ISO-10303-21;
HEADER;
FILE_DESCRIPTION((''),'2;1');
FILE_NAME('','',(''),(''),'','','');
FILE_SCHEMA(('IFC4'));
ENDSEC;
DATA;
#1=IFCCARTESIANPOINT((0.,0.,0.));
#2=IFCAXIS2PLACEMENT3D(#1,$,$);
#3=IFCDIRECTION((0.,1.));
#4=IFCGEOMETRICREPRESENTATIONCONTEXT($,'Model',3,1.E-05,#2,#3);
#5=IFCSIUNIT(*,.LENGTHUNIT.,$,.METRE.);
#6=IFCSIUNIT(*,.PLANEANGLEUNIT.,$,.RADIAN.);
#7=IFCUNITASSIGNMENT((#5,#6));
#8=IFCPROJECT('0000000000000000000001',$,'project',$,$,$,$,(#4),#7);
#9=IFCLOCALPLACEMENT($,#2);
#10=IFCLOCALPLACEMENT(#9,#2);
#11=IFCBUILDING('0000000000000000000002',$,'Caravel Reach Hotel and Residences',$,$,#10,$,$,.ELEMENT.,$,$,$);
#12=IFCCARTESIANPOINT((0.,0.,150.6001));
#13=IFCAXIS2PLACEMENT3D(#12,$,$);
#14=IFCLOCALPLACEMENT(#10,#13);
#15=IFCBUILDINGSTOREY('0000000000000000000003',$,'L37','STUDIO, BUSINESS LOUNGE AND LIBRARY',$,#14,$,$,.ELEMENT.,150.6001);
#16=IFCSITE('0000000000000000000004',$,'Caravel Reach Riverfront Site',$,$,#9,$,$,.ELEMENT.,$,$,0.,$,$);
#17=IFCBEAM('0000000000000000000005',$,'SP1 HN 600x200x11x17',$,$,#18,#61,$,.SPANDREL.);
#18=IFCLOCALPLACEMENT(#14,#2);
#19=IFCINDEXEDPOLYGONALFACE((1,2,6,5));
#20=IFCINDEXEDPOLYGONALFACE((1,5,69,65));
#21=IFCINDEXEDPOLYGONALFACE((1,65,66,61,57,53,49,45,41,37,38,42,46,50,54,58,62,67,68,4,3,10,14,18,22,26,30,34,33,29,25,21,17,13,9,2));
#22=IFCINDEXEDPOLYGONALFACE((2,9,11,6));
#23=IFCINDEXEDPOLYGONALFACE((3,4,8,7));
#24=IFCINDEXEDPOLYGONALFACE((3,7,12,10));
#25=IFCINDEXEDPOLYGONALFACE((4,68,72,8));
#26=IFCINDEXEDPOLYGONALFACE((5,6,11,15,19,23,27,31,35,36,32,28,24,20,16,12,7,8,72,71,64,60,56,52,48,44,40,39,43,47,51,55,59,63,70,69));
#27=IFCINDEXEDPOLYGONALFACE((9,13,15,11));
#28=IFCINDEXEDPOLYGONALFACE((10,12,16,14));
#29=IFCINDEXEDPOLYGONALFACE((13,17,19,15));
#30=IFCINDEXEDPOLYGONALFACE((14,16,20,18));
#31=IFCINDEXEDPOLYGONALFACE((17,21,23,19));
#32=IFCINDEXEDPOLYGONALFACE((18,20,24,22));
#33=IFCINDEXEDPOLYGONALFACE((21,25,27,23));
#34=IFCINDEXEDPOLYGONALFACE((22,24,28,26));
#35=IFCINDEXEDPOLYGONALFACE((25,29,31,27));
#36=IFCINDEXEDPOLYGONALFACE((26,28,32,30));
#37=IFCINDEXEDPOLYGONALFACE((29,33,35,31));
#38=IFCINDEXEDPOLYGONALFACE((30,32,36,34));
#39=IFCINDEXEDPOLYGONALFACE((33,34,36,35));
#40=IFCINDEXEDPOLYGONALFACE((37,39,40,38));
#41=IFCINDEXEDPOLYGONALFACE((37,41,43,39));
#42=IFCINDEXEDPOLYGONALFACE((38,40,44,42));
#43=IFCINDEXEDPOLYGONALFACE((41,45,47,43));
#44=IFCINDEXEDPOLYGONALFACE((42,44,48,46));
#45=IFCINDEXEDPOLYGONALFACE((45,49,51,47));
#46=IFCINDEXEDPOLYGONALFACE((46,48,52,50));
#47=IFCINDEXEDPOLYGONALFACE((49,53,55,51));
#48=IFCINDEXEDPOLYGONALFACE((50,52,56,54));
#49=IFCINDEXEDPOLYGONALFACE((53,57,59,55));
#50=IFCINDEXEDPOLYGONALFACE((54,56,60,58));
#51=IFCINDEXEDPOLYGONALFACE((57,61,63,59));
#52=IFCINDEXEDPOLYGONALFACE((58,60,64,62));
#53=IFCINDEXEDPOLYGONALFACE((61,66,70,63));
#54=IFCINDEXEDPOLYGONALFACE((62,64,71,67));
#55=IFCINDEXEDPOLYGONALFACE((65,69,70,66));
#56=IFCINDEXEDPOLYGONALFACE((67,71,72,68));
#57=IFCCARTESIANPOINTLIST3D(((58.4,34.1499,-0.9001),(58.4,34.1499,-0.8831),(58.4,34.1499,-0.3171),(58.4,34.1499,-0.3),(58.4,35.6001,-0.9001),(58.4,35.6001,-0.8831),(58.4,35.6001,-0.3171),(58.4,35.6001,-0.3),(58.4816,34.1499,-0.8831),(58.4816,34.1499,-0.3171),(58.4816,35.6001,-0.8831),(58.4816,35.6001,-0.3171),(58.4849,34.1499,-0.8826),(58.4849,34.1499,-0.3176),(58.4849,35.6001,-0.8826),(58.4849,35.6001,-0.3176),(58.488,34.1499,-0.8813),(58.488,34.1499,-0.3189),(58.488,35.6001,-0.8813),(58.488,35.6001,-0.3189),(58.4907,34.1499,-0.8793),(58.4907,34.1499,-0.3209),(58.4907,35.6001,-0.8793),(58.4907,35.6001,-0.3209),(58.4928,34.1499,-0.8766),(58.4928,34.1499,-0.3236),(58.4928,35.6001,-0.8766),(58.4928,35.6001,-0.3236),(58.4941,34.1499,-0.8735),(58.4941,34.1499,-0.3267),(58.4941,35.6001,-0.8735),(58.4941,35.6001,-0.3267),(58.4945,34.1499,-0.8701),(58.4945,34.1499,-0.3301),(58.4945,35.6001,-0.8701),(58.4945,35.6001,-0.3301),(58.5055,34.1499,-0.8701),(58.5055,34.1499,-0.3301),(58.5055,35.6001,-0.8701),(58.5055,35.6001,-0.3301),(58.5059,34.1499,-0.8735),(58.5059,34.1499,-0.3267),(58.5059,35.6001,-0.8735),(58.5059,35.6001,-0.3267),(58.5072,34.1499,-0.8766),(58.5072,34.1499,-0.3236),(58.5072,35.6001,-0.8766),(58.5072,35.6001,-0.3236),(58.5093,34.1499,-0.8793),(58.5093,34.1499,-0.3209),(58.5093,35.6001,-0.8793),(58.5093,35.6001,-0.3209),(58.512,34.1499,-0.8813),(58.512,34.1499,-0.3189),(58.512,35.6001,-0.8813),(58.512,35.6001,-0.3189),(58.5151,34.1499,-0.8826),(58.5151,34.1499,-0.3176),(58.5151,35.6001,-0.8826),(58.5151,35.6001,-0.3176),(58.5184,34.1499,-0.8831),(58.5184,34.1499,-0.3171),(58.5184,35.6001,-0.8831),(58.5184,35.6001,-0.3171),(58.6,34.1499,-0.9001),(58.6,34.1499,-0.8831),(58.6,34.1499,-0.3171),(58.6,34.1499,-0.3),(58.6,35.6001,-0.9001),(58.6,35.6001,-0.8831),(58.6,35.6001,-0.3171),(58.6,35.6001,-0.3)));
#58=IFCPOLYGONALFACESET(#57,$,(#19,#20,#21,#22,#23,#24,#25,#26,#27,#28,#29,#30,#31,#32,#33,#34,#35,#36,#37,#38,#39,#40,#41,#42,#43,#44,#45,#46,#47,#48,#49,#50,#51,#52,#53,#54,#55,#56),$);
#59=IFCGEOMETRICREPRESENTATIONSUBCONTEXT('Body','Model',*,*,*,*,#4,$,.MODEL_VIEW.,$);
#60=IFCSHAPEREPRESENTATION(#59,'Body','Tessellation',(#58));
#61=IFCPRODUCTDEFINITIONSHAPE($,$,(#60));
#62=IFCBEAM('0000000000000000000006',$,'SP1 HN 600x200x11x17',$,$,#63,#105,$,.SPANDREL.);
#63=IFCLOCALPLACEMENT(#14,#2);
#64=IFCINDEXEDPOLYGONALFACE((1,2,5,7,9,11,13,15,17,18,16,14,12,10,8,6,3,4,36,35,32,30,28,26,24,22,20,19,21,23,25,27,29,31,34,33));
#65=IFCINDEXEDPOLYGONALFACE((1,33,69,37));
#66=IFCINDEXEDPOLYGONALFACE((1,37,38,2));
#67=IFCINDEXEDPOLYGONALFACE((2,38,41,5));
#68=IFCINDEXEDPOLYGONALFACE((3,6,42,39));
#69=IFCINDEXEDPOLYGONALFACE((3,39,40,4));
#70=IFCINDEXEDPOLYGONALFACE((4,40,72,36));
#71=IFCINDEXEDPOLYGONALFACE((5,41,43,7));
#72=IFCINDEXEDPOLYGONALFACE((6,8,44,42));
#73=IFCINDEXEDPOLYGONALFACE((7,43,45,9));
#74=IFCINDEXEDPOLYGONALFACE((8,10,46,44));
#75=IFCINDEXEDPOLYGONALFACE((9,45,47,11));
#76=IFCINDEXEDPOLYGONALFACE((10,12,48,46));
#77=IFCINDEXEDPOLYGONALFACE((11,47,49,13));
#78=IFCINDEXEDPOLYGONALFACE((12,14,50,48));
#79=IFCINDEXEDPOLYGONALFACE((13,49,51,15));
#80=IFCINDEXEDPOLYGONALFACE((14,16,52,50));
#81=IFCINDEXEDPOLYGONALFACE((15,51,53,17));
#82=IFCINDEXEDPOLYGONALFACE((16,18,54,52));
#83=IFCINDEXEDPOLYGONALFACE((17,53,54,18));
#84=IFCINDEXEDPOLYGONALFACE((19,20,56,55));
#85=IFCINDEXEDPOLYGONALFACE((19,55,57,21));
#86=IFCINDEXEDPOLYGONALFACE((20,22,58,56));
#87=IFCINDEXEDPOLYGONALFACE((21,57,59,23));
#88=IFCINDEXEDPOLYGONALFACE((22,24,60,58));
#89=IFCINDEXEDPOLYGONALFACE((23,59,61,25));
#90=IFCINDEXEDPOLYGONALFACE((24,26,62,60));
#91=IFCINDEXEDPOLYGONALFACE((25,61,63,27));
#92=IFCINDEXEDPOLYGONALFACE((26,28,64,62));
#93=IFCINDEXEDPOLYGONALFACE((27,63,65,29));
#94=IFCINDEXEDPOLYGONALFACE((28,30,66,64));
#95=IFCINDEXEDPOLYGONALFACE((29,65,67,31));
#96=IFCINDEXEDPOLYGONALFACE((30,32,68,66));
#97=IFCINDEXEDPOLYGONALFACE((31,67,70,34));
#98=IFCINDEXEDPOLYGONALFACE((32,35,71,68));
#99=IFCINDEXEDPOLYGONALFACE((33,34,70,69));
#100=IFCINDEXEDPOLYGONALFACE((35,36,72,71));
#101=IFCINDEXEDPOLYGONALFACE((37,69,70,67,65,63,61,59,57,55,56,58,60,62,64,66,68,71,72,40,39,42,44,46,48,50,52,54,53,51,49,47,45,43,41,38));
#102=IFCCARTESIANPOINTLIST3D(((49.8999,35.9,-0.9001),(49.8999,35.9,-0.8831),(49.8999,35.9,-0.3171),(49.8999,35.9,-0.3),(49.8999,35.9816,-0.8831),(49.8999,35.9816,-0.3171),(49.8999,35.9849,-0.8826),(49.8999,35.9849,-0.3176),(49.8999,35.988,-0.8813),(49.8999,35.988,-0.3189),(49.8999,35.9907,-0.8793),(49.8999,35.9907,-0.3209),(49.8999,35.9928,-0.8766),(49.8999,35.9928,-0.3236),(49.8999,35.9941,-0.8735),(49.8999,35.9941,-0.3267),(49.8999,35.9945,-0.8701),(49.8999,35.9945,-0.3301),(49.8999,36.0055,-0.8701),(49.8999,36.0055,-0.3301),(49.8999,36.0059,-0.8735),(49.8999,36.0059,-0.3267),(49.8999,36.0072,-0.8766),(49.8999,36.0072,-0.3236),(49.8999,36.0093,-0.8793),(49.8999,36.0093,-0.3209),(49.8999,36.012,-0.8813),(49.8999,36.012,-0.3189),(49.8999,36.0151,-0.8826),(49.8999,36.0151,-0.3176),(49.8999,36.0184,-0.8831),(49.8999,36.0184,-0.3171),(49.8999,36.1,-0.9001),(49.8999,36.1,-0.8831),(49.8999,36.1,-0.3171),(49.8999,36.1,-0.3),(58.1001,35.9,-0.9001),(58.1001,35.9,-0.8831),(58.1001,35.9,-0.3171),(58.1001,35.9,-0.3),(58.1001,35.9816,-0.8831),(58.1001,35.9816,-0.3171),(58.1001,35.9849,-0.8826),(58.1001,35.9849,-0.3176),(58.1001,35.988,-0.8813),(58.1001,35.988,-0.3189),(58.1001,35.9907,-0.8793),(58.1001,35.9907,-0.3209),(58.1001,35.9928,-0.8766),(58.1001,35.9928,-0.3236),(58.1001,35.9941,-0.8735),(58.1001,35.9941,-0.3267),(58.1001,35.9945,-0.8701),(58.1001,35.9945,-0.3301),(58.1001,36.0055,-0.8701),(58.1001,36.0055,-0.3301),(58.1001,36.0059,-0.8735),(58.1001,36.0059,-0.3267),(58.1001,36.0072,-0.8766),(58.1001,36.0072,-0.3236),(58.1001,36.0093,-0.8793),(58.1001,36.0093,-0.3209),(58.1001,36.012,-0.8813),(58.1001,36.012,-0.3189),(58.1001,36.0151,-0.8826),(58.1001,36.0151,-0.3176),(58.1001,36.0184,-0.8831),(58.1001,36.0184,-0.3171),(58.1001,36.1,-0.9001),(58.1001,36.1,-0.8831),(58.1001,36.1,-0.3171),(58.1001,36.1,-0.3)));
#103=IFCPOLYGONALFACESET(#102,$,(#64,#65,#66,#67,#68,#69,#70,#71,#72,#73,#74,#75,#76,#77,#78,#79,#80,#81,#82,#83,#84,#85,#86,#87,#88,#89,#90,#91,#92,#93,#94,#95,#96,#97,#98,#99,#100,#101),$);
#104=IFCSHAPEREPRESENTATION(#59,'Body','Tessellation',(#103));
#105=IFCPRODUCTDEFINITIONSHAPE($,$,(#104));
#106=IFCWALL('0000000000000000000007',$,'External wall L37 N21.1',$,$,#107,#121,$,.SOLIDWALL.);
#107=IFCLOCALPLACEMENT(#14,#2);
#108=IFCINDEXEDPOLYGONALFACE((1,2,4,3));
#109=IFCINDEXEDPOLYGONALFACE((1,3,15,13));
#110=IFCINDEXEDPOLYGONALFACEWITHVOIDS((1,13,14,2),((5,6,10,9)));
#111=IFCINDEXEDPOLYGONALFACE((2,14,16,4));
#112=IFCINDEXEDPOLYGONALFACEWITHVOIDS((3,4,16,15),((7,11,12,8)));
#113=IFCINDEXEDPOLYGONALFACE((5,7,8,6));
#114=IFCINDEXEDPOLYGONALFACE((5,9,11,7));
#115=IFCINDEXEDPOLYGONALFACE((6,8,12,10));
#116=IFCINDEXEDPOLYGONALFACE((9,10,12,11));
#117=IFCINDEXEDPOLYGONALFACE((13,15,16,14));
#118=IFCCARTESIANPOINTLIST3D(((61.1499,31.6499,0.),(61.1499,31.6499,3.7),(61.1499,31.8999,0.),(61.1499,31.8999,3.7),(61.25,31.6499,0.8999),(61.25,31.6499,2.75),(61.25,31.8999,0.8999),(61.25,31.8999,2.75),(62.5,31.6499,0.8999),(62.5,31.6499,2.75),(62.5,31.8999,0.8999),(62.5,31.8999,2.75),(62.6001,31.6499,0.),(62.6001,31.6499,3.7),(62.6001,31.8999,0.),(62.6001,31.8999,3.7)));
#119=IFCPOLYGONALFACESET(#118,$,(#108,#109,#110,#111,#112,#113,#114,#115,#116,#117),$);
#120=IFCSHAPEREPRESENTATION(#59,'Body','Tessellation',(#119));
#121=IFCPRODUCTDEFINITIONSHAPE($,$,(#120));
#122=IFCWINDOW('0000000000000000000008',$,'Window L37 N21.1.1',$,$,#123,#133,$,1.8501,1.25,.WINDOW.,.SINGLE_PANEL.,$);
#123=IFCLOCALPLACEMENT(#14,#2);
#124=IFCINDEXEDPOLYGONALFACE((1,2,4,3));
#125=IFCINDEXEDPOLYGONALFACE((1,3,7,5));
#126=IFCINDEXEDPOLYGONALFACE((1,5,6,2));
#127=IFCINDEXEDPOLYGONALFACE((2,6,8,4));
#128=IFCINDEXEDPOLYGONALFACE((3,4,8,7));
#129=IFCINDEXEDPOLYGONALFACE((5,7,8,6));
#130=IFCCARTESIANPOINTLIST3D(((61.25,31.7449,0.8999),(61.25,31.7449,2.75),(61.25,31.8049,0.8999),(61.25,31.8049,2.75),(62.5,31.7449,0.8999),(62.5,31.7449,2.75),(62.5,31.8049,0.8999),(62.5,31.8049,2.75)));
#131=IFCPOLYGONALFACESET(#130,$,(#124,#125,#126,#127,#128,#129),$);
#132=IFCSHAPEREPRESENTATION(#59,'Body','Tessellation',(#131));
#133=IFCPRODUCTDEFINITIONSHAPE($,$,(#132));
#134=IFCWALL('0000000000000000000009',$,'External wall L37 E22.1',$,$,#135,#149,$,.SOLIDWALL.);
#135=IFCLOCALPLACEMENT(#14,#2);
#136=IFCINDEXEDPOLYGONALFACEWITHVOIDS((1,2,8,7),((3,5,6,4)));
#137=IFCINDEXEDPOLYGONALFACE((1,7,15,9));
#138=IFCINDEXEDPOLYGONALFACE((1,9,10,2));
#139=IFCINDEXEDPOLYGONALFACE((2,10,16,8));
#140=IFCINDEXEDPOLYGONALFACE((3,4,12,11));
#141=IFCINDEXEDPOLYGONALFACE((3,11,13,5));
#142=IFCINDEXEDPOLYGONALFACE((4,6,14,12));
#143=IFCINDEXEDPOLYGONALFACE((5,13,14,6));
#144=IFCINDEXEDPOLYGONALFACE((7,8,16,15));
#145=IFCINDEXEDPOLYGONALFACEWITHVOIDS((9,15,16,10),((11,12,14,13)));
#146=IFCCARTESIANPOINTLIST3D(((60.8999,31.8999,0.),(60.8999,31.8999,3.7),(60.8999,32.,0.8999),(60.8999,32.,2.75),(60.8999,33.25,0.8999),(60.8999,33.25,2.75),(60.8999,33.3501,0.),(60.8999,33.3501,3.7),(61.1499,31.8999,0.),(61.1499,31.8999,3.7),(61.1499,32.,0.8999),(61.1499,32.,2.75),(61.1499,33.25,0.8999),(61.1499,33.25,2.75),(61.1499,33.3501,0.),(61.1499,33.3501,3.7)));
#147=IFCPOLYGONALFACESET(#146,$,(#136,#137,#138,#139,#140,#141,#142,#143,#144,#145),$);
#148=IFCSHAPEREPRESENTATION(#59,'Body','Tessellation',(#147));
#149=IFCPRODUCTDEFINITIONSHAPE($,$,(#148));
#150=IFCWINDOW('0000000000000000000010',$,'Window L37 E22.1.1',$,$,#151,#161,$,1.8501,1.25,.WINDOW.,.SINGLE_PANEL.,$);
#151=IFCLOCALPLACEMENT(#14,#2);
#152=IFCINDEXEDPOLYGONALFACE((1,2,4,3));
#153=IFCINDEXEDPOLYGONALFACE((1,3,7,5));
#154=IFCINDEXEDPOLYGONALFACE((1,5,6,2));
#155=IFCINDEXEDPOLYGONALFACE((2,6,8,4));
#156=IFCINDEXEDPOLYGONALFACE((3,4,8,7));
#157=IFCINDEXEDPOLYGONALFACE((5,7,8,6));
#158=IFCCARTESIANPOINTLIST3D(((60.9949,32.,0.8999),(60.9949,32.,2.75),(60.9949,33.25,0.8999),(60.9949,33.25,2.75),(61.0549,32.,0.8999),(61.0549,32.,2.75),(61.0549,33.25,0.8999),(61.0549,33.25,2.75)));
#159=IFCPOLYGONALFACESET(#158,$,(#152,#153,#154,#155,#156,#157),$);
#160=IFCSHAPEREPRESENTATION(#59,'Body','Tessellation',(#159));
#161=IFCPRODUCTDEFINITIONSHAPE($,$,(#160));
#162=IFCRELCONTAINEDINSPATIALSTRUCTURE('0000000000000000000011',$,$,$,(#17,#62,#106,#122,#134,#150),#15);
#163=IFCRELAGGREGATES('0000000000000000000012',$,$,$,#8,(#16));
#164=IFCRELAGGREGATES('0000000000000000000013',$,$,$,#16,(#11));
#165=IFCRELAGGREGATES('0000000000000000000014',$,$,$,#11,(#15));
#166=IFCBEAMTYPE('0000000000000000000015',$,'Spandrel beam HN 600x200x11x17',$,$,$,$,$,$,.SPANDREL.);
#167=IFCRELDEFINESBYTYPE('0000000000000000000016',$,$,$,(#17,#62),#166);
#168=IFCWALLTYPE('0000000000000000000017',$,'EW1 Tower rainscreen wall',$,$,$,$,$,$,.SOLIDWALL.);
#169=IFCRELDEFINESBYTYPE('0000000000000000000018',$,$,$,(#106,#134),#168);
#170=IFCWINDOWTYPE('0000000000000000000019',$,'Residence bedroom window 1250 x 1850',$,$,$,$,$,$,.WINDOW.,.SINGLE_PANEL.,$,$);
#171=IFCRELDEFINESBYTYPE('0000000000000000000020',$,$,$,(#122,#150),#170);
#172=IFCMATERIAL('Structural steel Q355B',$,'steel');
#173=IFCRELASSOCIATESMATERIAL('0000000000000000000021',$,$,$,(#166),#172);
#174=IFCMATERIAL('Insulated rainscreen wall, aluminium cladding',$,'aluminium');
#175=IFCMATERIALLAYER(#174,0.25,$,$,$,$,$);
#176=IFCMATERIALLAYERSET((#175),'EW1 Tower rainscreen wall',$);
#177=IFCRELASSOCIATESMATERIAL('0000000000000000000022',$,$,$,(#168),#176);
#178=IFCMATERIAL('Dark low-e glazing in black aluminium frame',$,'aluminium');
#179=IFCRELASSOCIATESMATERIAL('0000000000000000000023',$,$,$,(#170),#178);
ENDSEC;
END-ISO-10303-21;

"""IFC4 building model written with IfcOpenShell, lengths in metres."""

from ifc_helpers import new_model, si_unit, direction, frame, frame_2d, origin, origin_2d, place, context, subcontext, project, spatial, rectangle, i_section, extrude, material, layer, layer_set, material_profile, profile_set, type_object, element, fill, save


model = new_model("IFC4")

# Units and contexts
model_context = context("Model", 3, precision=1e-05, world=origin(), true_north=direction((0.0, 1.0)))
body_context = subcontext(model_context, "Body", "Model", "MODEL_VIEW")
ifc_project = project(units=[si_unit("LENGTHUNIT", "METRE"), si_unit("PLANEANGLEUNIT", "RADIAN")], contexts=[model_context])

# Site, building, storey
site_placement = place(None, origin())
site = spatial("IfcSite", under=ifc_project, at=site_placement, Name="Caravel Reach Riverfront Site", CompositionType="ELEMENT", RefElevation=0.0)
building_placement = place(site_placement, origin())
building = spatial("IfcBuilding", under=site, at=building_placement, Name="Caravel Reach Hotel and Residences", CompositionType="ELEMENT")
storey_placement = place(building_placement, frame((0.0, 0.0, 150.6001)))
storey = spatial("IfcBuildingStorey", under=building, at=storey_placement, Name="L37", Description="STUDIO, BUSINESS LOUNGE AND LIBRARY", CompositionType="ELEMENT", Elevation=150.6001)

# Beams
ifc_material_1 = material(Name="Structural steel Q355B", Category="steel")
ifc_material_profile_1 = material_profile(ifc_material_1, i_section(OverallWidth=0.2, OverallDepth=0.6001, WebThickness=0.011, FlangeThickness=0.0171, FilletRadius=0.0129, at=origin_2d()), Name="HN 600x200x11x17")
ifc_profile_set_1 = profile_set([ifc_material_profile_1], Name="Structural steel Q355B")
beam_type = type_object("IfcBeamType", Name="Spandrel beam HN 600x200x11x17", PredefinedType="SPANDREL", material=ifc_profile_set_1)
for number, where, z_axis, x_axis, name in (
    (1, (58.5, 34.1499, -0.6001), (0.0, 1.0, 0.0), (-1.0, 0.0, 0.0), "SP1 HN 600x200x11x17"),
):
    element("IfcBeam", number, at=place(storey_placement, frame(where, z_axis=z_axis, x_axis=x_axis)), inside=storey, type_object=beam_type, Name=name, PredefinedType="SPANDREL", context=body_context, shape_type="SweptSolid", body=[
        extrude(i_section(OverallWidth=0.2, OverallDepth=0.6001, WebThickness=0.011, FlangeThickness=0.0171, FilletRadius=0.0129, at=origin_2d()), origin(), (0.0, 0.0, 1.0), 1.4502),
    ])
beam_placement = place(storey_placement, frame((58.1001, 36.0, -0.6001), z_axis=(-1.0, 0.0, 0.0), x_axis=(0.0, -1.0, 0.0)))
element("IfcBeam", 2, at=beam_placement, inside=storey, type_object=beam_type, Name="SP1 HN 600x200x11x17", PredefinedType="SPANDREL", context=body_context, shape_type="SweptSolid", body=[
    extrude(i_section(OverallWidth=0.2, OverallDepth=0.6001, WebThickness=0.011, FlangeThickness=0.0171, FilletRadius=0.0129, at=origin_2d()), origin(), (0.0, 0.0, 1.0), 8.2002),
])

# Walls, openings, windows
ifc_material_2 = material(Name="Insulated rainscreen wall, aluminium cladding", Category="aluminium")
ifc_layer = layer(ifc_material_2, 0.25)
ifc_layer_set = layer_set([ifc_layer], Name="EW1 Tower rainscreen wall")
wall_type = type_object("IfcWallType", Name="EW1 Tower rainscreen wall", PredefinedType="SOLIDWALL", material=ifc_layer_set)
wall_1_placement = place(storey_placement, frame((62.6001, 31.7749, 0.0), z_axis=(0.0, 0.0, 1.0), x_axis=(-1.0, 0.0, 0.0)))
wall_1 = element("IfcWall", 3, at=wall_1_placement, inside=storey, type_object=wall_type, Name="External wall L37 N21.1", PredefinedType="SOLIDWALL", context=body_context, shape_type="SweptSolid", body=[
    extrude(rectangle(XDim=1.4502, YDim=0.25, at=frame_2d((0.7251, 0.0))), origin(), (0.0, 0.0, 1.0), 3.7),
])
opening_1_placement = place(wall_1_placement, frame((0.1001, 0.0, 0.8999)))
opening_1 = element("IfcOpeningElement", 4, at=opening_1_placement, cuts=wall_1, PredefinedType="OPENING", context=body_context, shape_type="SweptSolid", body=[
    extrude(rectangle(XDim=1.25, YDim=1.8501, at=frame_2d((0.625, 0.925))), frame((0.0, 0.135, 0.0), z_axis=(0.0, -1.0, 0.0), x_axis=(1.0, 0.0, 0.0)), (0.0, 0.0, 1.0), 0.27),
])
ifc_material_3 = material(Name="Dark low-e glazing in black aluminium frame", Category="aluminium")
window_type_1 = type_object("IfcWindowType", Name="Residence bedroom window 1250 x 1850", PartitioningType="SINGLE_PANEL", PredefinedType="WINDOW", material=ifc_material_3)
window_1_placement = place(opening_1_placement, origin())
window_1 = element("IfcWindow", 5, at=window_1_placement, inside=storey, type_object=window_type_1, Name="Window L37 N21.1.1", OverallHeight=1.8501, OverallWidth=1.25, PartitioningType="SINGLE_PANEL", PredefinedType="WINDOW", context=body_context, shape_type="SweptSolid", body=[
    extrude(rectangle(XDim=1.25, YDim=1.8501, at=frame_2d((0.625, 0.925))), frame((0.0, 0.03, 0.0), z_axis=(0.0, -1.0, 0.0), x_axis=(1.0, 0.0, 0.0)), (0.0, 0.0, 1.0), 0.0601),
])
fill(opening_1, window_1)
wall_2_placement = place(storey_placement, frame((61.0249, 31.8999, 0.0), z_axis=(0.0, 0.0, 1.0), x_axis=(0.0, 1.0, 0.0)))
wall_2 = element("IfcWall", 6, at=wall_2_placement, inside=storey, type_object=wall_type, Name="External wall L37 E22.1", PredefinedType="SOLIDWALL", context=body_context, shape_type="SweptSolid", body=[
    extrude(rectangle(XDim=1.4502, YDim=0.25, at=frame_2d((0.7251, 0.0))), origin(), (0.0, 0.0, 1.0), 3.7),
])
opening_2_placement = place(wall_2_placement, frame((0.1001, 0.0, 0.8999)))
opening_2 = element("IfcOpeningElement", 7, at=opening_2_placement, cuts=wall_2, PredefinedType="OPENING", context=body_context, shape_type="SweptSolid", body=[
    extrude(rectangle(XDim=1.25, YDim=1.8501, at=frame_2d((0.625, 0.925))), frame((0.0, 0.135, 0.0), z_axis=(0.0, -1.0, 0.0), x_axis=(1.0, 0.0, 0.0)), (0.0, 0.0, 1.0), 0.27),
])
window_2_placement = place(opening_2_placement, origin())
window_2 = element("IfcWindow", 8, at=window_2_placement, inside=storey, type_object=window_type_1, Name="Window L37 E22.1.1", OverallHeight=1.8501, OverallWidth=1.25, PartitioningType="SINGLE_PANEL", PredefinedType="WINDOW", context=body_context, shape_type="SweptSolid", body=[
    extrude(rectangle(XDim=1.25, YDim=1.8501, at=frame_2d((0.625, 0.925))), frame((0.0, 0.03, 0.0), z_axis=(0.0, -1.0, 0.0), x_axis=(1.0, 0.0, 0.0)), (0.0, 0.0, 1.0), 0.0601),
])
fill(opening_2, window_2)

save(model, "model.ifc")
